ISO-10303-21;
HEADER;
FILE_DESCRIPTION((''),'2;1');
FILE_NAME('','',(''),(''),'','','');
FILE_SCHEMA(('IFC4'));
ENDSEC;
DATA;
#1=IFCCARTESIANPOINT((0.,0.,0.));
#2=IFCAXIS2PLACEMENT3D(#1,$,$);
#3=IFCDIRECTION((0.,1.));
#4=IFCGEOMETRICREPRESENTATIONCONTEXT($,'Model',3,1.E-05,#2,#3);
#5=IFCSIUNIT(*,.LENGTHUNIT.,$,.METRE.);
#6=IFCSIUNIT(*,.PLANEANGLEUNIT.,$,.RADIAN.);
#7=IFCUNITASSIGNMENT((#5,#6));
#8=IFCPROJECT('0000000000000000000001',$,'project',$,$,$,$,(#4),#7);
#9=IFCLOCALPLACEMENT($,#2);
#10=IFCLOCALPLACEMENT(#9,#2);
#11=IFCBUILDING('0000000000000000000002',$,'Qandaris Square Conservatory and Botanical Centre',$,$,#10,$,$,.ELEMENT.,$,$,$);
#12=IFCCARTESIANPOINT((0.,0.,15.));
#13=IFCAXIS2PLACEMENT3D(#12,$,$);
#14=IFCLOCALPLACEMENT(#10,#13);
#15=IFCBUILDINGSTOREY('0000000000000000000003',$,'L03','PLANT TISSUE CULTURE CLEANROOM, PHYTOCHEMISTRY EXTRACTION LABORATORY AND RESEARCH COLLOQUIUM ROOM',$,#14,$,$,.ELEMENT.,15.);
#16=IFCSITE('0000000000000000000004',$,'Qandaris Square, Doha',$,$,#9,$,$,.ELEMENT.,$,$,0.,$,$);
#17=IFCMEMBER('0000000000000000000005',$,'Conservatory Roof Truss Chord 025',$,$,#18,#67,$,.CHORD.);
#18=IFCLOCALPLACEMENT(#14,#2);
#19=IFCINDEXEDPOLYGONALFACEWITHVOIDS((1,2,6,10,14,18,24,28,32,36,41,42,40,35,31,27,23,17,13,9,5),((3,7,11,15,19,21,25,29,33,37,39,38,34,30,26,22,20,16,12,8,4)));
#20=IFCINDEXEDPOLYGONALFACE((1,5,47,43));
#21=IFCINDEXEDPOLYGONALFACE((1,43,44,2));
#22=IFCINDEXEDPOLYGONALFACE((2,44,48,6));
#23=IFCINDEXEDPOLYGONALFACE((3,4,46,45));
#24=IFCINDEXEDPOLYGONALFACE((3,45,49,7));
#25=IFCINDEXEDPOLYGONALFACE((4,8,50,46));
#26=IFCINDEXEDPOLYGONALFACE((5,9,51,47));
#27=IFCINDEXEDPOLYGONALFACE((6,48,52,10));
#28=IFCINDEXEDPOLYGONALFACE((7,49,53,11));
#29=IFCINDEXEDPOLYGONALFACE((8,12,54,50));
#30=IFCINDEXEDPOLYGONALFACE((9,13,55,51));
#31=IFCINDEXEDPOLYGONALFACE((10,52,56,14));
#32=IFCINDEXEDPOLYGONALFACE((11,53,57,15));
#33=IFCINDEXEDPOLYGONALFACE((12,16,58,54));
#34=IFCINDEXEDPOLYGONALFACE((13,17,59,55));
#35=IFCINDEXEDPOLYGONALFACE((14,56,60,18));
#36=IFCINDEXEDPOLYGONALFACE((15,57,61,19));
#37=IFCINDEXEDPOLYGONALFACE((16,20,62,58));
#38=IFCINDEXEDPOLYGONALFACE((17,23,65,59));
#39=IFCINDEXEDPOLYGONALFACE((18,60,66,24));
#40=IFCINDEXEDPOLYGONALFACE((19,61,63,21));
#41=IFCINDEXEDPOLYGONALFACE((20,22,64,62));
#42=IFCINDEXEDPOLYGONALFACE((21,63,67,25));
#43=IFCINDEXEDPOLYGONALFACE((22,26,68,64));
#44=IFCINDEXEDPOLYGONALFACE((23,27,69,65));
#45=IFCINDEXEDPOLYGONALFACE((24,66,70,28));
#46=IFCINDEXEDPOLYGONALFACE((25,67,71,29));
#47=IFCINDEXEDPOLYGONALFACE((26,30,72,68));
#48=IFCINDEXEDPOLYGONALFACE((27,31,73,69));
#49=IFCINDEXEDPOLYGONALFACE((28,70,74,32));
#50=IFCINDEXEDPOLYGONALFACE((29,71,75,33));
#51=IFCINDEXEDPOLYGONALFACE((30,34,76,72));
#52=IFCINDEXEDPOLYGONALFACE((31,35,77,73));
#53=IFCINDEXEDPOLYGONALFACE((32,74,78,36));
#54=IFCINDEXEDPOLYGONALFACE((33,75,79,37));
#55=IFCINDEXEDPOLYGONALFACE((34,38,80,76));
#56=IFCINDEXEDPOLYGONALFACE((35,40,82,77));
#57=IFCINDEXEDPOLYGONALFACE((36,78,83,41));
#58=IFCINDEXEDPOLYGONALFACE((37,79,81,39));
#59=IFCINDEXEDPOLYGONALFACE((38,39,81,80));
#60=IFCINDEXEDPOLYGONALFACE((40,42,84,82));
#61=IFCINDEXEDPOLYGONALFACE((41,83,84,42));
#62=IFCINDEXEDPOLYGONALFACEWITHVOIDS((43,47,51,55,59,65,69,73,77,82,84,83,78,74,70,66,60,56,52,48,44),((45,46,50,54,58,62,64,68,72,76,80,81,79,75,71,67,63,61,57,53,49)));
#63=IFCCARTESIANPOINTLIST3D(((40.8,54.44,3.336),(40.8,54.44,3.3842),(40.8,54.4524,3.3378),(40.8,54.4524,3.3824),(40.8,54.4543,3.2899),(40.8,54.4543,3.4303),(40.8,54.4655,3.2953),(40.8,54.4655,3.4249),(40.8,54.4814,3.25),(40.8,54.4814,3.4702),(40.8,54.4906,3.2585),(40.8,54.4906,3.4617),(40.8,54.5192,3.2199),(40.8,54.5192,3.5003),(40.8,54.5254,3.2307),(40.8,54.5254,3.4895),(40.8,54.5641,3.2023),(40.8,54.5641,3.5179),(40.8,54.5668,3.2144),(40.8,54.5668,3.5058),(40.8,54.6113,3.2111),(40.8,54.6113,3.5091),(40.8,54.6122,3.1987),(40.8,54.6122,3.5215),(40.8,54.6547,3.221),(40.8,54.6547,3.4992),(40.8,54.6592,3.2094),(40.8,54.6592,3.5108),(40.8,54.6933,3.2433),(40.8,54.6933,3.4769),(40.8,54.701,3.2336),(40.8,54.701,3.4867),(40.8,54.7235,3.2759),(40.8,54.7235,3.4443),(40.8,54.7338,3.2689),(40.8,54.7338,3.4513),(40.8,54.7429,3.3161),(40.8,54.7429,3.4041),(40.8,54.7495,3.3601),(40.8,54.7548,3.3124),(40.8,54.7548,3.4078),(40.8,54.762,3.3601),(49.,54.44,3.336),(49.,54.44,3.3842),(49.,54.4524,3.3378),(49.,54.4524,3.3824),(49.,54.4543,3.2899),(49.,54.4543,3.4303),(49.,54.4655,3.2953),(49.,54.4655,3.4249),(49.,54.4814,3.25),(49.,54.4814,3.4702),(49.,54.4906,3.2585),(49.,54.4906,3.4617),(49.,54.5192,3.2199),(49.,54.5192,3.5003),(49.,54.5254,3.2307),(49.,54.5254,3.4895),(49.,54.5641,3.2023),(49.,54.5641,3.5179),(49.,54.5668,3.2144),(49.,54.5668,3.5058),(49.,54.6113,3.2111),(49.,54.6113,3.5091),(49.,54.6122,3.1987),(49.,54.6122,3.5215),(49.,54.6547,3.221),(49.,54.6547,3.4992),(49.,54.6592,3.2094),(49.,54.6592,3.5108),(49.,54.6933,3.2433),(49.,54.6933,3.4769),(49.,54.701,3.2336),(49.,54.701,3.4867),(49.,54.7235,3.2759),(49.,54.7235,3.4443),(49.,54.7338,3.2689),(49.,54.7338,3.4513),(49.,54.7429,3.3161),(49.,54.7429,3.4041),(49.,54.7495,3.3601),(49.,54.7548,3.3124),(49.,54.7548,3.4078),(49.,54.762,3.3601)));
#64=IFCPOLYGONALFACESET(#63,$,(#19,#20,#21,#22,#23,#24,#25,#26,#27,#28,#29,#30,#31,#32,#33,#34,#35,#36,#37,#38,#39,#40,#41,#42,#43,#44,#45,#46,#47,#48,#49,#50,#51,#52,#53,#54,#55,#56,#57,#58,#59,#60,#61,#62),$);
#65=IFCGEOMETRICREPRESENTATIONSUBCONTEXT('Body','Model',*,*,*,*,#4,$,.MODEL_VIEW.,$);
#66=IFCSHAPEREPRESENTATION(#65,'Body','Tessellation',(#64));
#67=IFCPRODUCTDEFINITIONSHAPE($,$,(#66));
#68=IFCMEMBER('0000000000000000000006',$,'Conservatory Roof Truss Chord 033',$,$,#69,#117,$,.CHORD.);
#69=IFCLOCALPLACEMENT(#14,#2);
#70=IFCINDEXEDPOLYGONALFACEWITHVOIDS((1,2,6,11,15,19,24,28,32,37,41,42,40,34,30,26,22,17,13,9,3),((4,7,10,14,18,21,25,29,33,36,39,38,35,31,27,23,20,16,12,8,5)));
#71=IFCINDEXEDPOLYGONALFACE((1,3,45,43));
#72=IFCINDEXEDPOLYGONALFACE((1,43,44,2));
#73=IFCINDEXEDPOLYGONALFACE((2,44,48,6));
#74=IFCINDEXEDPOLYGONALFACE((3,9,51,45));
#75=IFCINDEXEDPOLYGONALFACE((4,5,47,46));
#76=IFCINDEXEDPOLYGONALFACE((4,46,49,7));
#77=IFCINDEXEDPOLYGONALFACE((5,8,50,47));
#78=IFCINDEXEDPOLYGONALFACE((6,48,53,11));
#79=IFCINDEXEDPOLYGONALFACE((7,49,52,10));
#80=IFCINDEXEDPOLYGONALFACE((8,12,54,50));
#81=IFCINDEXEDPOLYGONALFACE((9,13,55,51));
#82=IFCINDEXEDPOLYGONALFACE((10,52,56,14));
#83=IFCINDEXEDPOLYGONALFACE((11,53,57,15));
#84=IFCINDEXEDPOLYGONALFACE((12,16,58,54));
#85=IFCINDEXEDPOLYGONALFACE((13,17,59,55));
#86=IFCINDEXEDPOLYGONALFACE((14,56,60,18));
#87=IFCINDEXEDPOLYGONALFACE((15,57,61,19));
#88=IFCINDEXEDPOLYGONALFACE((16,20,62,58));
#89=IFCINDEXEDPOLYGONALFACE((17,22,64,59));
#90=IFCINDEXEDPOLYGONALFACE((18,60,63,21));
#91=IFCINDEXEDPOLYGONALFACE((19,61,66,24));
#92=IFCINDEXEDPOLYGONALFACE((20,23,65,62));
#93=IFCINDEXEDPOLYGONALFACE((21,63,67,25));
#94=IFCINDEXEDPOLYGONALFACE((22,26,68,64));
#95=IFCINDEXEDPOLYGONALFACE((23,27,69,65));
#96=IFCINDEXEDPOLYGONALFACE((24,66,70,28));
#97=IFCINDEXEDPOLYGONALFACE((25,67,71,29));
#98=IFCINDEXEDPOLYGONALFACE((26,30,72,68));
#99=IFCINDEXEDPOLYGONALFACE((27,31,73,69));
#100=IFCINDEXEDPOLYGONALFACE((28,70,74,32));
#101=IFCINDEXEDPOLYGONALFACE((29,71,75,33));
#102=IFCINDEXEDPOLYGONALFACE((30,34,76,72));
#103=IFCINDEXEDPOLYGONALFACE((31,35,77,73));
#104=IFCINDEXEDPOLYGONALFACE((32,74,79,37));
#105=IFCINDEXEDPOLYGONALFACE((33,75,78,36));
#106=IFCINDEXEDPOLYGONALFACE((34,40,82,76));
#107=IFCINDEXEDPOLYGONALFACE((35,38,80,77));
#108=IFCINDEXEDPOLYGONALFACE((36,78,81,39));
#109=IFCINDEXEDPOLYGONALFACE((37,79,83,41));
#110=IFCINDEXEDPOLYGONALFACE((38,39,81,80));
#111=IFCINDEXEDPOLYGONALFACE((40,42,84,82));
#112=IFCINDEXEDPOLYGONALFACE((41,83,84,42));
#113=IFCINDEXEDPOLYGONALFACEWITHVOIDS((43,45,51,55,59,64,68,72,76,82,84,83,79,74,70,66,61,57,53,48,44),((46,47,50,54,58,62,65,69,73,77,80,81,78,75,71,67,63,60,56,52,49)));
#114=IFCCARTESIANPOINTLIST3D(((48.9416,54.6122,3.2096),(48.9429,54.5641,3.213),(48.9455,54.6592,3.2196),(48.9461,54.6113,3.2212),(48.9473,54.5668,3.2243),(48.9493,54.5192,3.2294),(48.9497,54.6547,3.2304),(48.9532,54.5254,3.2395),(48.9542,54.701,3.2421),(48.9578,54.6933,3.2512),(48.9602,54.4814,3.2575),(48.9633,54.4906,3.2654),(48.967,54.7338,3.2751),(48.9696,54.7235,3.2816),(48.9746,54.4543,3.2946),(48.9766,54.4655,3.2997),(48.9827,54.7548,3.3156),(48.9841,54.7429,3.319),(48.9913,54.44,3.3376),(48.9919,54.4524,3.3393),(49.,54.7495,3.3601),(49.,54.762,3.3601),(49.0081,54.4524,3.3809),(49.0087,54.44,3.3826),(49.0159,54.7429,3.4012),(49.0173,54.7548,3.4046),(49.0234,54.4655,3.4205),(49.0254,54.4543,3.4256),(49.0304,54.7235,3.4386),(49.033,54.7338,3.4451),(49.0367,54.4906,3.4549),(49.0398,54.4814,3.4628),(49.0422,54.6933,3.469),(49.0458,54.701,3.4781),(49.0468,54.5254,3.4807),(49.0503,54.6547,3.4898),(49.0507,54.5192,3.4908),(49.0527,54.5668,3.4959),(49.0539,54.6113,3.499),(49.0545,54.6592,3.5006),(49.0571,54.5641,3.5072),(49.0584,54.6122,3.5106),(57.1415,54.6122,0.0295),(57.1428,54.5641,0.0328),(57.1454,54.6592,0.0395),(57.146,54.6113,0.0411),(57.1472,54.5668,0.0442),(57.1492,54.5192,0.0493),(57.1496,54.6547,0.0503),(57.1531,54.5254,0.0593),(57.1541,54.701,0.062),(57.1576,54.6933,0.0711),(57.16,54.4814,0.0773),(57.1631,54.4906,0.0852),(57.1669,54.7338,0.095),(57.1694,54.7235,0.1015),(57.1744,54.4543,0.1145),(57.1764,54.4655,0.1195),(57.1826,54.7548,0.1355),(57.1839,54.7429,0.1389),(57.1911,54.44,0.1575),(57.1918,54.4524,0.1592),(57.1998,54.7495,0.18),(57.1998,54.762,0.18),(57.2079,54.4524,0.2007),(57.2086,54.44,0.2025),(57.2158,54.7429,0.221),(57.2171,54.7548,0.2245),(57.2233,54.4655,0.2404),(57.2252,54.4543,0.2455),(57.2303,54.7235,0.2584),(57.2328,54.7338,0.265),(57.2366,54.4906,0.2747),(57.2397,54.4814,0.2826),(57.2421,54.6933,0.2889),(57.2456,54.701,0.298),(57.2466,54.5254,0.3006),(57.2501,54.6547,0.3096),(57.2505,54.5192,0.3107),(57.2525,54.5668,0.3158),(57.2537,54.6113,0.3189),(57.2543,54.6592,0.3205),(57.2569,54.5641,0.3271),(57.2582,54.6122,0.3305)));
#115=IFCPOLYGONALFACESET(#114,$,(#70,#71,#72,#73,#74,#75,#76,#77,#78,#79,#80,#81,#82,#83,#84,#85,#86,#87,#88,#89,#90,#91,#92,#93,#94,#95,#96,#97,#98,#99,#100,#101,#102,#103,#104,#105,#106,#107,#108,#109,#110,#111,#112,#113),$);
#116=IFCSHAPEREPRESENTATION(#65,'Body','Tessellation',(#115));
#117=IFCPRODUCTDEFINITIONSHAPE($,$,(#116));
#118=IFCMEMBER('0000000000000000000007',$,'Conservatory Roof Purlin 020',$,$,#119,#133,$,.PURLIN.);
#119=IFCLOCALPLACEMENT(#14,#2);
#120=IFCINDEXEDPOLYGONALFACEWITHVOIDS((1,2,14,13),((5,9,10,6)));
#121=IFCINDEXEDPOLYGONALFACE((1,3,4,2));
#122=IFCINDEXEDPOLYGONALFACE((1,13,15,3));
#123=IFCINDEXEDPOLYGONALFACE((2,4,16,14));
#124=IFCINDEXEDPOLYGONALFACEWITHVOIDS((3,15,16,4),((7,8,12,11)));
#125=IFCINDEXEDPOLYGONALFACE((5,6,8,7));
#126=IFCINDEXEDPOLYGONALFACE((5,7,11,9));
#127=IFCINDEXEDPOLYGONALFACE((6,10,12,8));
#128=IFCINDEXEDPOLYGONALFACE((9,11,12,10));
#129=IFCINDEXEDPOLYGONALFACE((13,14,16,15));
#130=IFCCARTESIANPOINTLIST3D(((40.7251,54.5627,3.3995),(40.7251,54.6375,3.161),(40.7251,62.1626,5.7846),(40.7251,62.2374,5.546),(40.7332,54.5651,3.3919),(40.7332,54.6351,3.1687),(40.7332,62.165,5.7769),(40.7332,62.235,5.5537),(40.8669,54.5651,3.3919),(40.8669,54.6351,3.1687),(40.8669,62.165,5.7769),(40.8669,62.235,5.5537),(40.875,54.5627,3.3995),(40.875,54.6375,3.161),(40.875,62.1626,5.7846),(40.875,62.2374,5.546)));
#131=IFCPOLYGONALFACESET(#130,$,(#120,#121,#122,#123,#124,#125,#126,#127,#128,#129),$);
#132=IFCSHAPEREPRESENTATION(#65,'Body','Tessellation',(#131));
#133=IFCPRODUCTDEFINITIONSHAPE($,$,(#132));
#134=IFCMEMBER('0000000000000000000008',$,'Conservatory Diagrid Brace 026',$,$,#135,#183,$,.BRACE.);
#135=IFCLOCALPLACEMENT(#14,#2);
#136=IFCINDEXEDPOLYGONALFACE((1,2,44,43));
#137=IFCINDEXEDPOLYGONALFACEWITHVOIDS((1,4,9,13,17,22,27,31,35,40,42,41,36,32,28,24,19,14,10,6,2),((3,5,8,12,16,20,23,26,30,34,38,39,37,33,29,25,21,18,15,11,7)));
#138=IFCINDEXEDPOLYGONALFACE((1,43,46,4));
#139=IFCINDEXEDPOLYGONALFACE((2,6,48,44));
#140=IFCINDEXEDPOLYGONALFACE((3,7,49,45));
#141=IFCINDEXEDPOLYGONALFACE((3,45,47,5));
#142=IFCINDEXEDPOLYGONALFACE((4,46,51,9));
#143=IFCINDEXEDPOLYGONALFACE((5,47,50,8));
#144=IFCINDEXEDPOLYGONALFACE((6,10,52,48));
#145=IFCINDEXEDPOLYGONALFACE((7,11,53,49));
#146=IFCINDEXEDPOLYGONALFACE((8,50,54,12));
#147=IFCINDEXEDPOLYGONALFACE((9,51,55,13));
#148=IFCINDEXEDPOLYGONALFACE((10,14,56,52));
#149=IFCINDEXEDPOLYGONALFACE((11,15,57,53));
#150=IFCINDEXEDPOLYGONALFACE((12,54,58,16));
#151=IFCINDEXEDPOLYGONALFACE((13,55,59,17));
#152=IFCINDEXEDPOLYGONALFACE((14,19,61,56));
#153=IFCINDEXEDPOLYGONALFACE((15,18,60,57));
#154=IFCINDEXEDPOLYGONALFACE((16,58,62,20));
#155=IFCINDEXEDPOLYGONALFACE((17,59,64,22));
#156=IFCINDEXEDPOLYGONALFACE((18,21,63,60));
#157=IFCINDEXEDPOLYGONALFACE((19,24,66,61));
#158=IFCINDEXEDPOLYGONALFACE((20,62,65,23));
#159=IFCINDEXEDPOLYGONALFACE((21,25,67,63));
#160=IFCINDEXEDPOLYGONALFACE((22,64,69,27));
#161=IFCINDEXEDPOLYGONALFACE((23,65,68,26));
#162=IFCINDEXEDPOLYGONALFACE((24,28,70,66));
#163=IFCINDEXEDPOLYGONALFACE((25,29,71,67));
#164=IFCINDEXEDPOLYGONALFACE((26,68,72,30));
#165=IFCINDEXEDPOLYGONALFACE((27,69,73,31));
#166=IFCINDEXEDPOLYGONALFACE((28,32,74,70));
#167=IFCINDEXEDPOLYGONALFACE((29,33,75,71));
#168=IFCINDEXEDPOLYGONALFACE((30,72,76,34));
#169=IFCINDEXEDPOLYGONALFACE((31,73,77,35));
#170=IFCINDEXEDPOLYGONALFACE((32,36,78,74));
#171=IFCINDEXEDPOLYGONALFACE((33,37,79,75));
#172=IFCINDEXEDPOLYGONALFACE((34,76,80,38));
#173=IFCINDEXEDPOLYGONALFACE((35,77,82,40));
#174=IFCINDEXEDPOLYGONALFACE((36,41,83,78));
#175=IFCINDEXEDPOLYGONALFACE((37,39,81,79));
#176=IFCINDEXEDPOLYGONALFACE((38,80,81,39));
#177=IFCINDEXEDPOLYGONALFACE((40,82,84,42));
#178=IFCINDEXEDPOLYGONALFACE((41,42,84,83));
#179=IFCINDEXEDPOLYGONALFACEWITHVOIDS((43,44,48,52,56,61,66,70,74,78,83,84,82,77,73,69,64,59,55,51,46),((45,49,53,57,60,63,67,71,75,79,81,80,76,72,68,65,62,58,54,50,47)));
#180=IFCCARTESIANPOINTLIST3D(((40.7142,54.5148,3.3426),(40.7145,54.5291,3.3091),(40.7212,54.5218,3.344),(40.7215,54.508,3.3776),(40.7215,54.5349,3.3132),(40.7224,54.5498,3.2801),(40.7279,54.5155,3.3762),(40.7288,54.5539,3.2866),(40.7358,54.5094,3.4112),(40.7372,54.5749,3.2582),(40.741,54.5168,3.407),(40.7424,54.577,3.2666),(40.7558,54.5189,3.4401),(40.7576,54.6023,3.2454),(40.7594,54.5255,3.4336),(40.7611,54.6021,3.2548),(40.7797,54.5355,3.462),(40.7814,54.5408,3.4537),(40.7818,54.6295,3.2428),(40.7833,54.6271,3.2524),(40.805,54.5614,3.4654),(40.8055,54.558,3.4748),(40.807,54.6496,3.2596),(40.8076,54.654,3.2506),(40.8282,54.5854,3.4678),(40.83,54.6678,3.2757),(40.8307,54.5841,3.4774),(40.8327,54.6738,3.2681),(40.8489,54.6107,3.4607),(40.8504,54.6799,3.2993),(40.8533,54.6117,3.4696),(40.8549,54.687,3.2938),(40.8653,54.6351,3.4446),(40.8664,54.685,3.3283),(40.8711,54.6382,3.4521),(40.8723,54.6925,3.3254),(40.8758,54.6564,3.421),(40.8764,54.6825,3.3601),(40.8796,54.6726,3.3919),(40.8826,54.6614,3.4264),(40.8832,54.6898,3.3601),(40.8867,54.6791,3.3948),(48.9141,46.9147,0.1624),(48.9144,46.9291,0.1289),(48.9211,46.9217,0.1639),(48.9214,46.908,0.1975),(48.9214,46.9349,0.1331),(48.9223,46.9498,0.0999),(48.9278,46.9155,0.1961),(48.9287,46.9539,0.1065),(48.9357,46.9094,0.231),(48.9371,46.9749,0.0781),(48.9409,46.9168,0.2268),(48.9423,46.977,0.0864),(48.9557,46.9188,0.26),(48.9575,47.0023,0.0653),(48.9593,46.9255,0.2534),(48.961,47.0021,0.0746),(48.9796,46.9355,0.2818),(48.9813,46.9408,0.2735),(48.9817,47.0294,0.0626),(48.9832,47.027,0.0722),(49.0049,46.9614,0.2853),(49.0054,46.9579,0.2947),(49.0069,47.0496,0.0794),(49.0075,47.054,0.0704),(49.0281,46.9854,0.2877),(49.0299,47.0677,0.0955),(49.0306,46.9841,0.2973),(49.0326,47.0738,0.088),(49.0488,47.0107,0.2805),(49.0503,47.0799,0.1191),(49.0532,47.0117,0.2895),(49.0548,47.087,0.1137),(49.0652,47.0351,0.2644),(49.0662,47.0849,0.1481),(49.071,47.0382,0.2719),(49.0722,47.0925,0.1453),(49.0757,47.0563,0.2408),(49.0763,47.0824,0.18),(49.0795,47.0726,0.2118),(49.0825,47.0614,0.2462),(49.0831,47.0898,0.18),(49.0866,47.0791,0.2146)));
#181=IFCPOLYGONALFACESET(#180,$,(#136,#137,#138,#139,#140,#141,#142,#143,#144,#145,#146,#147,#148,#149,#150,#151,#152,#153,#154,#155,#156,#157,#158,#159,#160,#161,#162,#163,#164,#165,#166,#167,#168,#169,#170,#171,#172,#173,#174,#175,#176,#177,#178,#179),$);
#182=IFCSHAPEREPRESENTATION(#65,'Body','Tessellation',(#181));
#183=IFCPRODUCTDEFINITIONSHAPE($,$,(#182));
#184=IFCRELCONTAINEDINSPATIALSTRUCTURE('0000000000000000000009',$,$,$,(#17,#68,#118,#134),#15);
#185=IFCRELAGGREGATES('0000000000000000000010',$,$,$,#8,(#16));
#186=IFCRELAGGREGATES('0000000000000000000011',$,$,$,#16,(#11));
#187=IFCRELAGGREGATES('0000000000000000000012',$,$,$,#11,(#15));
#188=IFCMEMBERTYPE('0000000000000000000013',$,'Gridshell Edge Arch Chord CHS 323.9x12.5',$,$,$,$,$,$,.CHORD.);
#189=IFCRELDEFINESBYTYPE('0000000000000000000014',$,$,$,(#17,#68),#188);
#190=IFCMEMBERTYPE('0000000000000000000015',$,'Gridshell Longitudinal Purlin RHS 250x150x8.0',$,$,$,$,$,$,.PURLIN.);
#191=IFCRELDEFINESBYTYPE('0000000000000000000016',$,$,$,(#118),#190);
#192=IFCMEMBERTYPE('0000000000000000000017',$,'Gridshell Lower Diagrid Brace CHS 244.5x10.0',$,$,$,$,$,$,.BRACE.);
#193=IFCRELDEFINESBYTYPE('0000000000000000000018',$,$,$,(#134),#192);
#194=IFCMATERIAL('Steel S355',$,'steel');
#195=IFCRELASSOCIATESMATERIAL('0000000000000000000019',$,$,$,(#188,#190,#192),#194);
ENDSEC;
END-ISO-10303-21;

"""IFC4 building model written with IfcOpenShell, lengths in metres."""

from ifc_helpers import new_model, si_unit, direction, frame, origin, origin_2d, place, context, subcontext, project, spatial, hollow_rectangle, hollow_circle, extrude, material, material_profile, profile_set, type_object, element, save


model = new_model("IFC4")

# Units and contexts
model_context = context("Model", 3, precision=1e-05, world=origin(), true_north=direction((0.0, 1.0)))
body_context = subcontext(model_context, "Body", "Model", "MODEL_VIEW")
ifc_project = project(units=[si_unit("LENGTHUNIT", "METRE"), si_unit("PLANEANGLEUNIT", "RADIAN")], contexts=[model_context])

# Site, building, storey
site_placement = place(None, origin())
site = spatial("IfcSite", under=ifc_project, at=site_placement, Name="Qandaris Square, Doha", CompositionType="ELEMENT", RefElevation=0.0)
building_placement = place(site_placement, origin())
building = spatial("IfcBuilding", under=site, at=building_placement, Name="Qandaris Square Conservatory and Botanical Centre", CompositionType="ELEMENT")
storey_placement = place(building_placement, frame((0.0, 0.0, 15.0)))
storey = spatial("IfcBuildingStorey", under=building, at=storey_placement, Name="L03", Description="PLANT TISSUE CULTURE CLEANROOM, PHYTOCHEMISTRY EXTRACTION LABORATORY AND RESEARCH COLLOQUIUM ROOM", CompositionType="ELEMENT", Elevation=15.0)

# Members
ifc_material_1 = material(Name="Steel S355", Category="steel")
ifc_material_profile_1 = material_profile(ifc_material_1, hollow_circle(Radius=0.1619, WallThickness=0.0125, at=origin_2d()), Name="CHS 323.9x12.5")
ifc_profile_set_1 = profile_set([ifc_material_profile_1], Name="Steel S355")
member_type_1 = type_object("IfcMemberType", Name="Gridshell Edge Arch Chord CHS 323.9x12.5", PredefinedType="CHORD", material=ifc_profile_set_1)
member_1_placement = place(storey_placement, frame((40.8, 54.6001, 3.3601), z_axis=(1.0, 0.0, 0.0), x_axis=(0.0, 1.0, 0.0)))
element("IfcMember", 1, at=member_1_placement, inside=storey, type_object=member_type_1, Name="Conservatory Roof Truss Chord 025", PredefinedType="CHORD", context=body_context, shape_type="SweptSolid", body=[
    extrude(hollow_circle(Radius=0.1619, WallThickness=0.0125, at=origin_2d()), origin(), (0.0, 0.0, 1.0), 8.2),
])
member_2_placement = place(storey_placement, frame((49.0, 54.6001, 3.3601), z_axis=(0.932338, 0.0, -0.361587), x_axis=(0.0, 1.0, 0.0)))
element("IfcMember", 2, at=member_2_placement, inside=storey, type_object=member_type_1, Name="Conservatory Roof Truss Chord 033", PredefinedType="CHORD", context=body_context, shape_type="SweptSolid", body=[
    extrude(hollow_circle(Radius=0.1619, WallThickness=0.0125, at=origin_2d()), origin(), (0.0, 0.0, 1.0), 8.7949),
])
ifc_material_profile_2 = material_profile(ifc_material_1, hollow_rectangle(XDim=0.1499, YDim=0.25, WallThickness=0.0081, at=origin_2d()), Name="RHS 250x150x8.0")
ifc_profile_set_2 = profile_set([ifc_material_profile_2], Name="Steel S355")
member_type_2 = type_object("IfcMemberType", Name="Gridshell Longitudinal Purlin RHS 250x150x8.0", PredefinedType="PURLIN", material=ifc_profile_set_2)
member_3_placement = place(storey_placement, frame((40.8, 54.6001, 3.2803), z_axis=(0.0, 0.95412, 0.299425), x_axis=(-1.0, 0.0, 0.0)))
element("IfcMember", 3, at=member_3_placement, inside=storey, type_object=member_type_2, Name="Conservatory Roof Purlin 020", PredefinedType="PURLIN", context=body_context, shape_type="SweptSolid", body=[
    extrude(hollow_rectangle(XDim=0.1499, YDim=0.25, WallThickness=0.0081, at=origin_2d()), origin(), (0.0, 0.0, 1.0), 7.9653),
])
ifc_material_profile_3 = material_profile(ifc_material_1, hollow_circle(Radius=0.1223, WallThickness=0.01, at=origin_2d()), Name="CHS 244.5x10.0")
ifc_profile_set_3 = profile_set([ifc_material_profile_3], Name="Steel S355")
member_type_3 = type_object("IfcMemberType", Name="Gridshell Lower Diagrid Brace CHS 244.5x10.0", PredefinedType="BRACE", material=ifc_profile_set_3)
member_4_placement = place(storey_placement, frame((40.8, 54.6001, 3.3601), z_axis=(0.705441, -0.653836, -0.27359), x_axis=(0.679772, 0.733424, 0.0)))
element("IfcMember", 4, at=member_4_placement, inside=storey, type_object=member_type_3, Name="Conservatory Diagrid Brace 026", PredefinedType="BRACE", context=body_context, shape_type="SweptSolid", body=[
    extrude(hollow_circle(Radius=0.1223, WallThickness=0.01, at=origin_2d()), origin(), (0.0, 0.0, 1.0), 11.6238),
])

save(model, "model.ifc")
